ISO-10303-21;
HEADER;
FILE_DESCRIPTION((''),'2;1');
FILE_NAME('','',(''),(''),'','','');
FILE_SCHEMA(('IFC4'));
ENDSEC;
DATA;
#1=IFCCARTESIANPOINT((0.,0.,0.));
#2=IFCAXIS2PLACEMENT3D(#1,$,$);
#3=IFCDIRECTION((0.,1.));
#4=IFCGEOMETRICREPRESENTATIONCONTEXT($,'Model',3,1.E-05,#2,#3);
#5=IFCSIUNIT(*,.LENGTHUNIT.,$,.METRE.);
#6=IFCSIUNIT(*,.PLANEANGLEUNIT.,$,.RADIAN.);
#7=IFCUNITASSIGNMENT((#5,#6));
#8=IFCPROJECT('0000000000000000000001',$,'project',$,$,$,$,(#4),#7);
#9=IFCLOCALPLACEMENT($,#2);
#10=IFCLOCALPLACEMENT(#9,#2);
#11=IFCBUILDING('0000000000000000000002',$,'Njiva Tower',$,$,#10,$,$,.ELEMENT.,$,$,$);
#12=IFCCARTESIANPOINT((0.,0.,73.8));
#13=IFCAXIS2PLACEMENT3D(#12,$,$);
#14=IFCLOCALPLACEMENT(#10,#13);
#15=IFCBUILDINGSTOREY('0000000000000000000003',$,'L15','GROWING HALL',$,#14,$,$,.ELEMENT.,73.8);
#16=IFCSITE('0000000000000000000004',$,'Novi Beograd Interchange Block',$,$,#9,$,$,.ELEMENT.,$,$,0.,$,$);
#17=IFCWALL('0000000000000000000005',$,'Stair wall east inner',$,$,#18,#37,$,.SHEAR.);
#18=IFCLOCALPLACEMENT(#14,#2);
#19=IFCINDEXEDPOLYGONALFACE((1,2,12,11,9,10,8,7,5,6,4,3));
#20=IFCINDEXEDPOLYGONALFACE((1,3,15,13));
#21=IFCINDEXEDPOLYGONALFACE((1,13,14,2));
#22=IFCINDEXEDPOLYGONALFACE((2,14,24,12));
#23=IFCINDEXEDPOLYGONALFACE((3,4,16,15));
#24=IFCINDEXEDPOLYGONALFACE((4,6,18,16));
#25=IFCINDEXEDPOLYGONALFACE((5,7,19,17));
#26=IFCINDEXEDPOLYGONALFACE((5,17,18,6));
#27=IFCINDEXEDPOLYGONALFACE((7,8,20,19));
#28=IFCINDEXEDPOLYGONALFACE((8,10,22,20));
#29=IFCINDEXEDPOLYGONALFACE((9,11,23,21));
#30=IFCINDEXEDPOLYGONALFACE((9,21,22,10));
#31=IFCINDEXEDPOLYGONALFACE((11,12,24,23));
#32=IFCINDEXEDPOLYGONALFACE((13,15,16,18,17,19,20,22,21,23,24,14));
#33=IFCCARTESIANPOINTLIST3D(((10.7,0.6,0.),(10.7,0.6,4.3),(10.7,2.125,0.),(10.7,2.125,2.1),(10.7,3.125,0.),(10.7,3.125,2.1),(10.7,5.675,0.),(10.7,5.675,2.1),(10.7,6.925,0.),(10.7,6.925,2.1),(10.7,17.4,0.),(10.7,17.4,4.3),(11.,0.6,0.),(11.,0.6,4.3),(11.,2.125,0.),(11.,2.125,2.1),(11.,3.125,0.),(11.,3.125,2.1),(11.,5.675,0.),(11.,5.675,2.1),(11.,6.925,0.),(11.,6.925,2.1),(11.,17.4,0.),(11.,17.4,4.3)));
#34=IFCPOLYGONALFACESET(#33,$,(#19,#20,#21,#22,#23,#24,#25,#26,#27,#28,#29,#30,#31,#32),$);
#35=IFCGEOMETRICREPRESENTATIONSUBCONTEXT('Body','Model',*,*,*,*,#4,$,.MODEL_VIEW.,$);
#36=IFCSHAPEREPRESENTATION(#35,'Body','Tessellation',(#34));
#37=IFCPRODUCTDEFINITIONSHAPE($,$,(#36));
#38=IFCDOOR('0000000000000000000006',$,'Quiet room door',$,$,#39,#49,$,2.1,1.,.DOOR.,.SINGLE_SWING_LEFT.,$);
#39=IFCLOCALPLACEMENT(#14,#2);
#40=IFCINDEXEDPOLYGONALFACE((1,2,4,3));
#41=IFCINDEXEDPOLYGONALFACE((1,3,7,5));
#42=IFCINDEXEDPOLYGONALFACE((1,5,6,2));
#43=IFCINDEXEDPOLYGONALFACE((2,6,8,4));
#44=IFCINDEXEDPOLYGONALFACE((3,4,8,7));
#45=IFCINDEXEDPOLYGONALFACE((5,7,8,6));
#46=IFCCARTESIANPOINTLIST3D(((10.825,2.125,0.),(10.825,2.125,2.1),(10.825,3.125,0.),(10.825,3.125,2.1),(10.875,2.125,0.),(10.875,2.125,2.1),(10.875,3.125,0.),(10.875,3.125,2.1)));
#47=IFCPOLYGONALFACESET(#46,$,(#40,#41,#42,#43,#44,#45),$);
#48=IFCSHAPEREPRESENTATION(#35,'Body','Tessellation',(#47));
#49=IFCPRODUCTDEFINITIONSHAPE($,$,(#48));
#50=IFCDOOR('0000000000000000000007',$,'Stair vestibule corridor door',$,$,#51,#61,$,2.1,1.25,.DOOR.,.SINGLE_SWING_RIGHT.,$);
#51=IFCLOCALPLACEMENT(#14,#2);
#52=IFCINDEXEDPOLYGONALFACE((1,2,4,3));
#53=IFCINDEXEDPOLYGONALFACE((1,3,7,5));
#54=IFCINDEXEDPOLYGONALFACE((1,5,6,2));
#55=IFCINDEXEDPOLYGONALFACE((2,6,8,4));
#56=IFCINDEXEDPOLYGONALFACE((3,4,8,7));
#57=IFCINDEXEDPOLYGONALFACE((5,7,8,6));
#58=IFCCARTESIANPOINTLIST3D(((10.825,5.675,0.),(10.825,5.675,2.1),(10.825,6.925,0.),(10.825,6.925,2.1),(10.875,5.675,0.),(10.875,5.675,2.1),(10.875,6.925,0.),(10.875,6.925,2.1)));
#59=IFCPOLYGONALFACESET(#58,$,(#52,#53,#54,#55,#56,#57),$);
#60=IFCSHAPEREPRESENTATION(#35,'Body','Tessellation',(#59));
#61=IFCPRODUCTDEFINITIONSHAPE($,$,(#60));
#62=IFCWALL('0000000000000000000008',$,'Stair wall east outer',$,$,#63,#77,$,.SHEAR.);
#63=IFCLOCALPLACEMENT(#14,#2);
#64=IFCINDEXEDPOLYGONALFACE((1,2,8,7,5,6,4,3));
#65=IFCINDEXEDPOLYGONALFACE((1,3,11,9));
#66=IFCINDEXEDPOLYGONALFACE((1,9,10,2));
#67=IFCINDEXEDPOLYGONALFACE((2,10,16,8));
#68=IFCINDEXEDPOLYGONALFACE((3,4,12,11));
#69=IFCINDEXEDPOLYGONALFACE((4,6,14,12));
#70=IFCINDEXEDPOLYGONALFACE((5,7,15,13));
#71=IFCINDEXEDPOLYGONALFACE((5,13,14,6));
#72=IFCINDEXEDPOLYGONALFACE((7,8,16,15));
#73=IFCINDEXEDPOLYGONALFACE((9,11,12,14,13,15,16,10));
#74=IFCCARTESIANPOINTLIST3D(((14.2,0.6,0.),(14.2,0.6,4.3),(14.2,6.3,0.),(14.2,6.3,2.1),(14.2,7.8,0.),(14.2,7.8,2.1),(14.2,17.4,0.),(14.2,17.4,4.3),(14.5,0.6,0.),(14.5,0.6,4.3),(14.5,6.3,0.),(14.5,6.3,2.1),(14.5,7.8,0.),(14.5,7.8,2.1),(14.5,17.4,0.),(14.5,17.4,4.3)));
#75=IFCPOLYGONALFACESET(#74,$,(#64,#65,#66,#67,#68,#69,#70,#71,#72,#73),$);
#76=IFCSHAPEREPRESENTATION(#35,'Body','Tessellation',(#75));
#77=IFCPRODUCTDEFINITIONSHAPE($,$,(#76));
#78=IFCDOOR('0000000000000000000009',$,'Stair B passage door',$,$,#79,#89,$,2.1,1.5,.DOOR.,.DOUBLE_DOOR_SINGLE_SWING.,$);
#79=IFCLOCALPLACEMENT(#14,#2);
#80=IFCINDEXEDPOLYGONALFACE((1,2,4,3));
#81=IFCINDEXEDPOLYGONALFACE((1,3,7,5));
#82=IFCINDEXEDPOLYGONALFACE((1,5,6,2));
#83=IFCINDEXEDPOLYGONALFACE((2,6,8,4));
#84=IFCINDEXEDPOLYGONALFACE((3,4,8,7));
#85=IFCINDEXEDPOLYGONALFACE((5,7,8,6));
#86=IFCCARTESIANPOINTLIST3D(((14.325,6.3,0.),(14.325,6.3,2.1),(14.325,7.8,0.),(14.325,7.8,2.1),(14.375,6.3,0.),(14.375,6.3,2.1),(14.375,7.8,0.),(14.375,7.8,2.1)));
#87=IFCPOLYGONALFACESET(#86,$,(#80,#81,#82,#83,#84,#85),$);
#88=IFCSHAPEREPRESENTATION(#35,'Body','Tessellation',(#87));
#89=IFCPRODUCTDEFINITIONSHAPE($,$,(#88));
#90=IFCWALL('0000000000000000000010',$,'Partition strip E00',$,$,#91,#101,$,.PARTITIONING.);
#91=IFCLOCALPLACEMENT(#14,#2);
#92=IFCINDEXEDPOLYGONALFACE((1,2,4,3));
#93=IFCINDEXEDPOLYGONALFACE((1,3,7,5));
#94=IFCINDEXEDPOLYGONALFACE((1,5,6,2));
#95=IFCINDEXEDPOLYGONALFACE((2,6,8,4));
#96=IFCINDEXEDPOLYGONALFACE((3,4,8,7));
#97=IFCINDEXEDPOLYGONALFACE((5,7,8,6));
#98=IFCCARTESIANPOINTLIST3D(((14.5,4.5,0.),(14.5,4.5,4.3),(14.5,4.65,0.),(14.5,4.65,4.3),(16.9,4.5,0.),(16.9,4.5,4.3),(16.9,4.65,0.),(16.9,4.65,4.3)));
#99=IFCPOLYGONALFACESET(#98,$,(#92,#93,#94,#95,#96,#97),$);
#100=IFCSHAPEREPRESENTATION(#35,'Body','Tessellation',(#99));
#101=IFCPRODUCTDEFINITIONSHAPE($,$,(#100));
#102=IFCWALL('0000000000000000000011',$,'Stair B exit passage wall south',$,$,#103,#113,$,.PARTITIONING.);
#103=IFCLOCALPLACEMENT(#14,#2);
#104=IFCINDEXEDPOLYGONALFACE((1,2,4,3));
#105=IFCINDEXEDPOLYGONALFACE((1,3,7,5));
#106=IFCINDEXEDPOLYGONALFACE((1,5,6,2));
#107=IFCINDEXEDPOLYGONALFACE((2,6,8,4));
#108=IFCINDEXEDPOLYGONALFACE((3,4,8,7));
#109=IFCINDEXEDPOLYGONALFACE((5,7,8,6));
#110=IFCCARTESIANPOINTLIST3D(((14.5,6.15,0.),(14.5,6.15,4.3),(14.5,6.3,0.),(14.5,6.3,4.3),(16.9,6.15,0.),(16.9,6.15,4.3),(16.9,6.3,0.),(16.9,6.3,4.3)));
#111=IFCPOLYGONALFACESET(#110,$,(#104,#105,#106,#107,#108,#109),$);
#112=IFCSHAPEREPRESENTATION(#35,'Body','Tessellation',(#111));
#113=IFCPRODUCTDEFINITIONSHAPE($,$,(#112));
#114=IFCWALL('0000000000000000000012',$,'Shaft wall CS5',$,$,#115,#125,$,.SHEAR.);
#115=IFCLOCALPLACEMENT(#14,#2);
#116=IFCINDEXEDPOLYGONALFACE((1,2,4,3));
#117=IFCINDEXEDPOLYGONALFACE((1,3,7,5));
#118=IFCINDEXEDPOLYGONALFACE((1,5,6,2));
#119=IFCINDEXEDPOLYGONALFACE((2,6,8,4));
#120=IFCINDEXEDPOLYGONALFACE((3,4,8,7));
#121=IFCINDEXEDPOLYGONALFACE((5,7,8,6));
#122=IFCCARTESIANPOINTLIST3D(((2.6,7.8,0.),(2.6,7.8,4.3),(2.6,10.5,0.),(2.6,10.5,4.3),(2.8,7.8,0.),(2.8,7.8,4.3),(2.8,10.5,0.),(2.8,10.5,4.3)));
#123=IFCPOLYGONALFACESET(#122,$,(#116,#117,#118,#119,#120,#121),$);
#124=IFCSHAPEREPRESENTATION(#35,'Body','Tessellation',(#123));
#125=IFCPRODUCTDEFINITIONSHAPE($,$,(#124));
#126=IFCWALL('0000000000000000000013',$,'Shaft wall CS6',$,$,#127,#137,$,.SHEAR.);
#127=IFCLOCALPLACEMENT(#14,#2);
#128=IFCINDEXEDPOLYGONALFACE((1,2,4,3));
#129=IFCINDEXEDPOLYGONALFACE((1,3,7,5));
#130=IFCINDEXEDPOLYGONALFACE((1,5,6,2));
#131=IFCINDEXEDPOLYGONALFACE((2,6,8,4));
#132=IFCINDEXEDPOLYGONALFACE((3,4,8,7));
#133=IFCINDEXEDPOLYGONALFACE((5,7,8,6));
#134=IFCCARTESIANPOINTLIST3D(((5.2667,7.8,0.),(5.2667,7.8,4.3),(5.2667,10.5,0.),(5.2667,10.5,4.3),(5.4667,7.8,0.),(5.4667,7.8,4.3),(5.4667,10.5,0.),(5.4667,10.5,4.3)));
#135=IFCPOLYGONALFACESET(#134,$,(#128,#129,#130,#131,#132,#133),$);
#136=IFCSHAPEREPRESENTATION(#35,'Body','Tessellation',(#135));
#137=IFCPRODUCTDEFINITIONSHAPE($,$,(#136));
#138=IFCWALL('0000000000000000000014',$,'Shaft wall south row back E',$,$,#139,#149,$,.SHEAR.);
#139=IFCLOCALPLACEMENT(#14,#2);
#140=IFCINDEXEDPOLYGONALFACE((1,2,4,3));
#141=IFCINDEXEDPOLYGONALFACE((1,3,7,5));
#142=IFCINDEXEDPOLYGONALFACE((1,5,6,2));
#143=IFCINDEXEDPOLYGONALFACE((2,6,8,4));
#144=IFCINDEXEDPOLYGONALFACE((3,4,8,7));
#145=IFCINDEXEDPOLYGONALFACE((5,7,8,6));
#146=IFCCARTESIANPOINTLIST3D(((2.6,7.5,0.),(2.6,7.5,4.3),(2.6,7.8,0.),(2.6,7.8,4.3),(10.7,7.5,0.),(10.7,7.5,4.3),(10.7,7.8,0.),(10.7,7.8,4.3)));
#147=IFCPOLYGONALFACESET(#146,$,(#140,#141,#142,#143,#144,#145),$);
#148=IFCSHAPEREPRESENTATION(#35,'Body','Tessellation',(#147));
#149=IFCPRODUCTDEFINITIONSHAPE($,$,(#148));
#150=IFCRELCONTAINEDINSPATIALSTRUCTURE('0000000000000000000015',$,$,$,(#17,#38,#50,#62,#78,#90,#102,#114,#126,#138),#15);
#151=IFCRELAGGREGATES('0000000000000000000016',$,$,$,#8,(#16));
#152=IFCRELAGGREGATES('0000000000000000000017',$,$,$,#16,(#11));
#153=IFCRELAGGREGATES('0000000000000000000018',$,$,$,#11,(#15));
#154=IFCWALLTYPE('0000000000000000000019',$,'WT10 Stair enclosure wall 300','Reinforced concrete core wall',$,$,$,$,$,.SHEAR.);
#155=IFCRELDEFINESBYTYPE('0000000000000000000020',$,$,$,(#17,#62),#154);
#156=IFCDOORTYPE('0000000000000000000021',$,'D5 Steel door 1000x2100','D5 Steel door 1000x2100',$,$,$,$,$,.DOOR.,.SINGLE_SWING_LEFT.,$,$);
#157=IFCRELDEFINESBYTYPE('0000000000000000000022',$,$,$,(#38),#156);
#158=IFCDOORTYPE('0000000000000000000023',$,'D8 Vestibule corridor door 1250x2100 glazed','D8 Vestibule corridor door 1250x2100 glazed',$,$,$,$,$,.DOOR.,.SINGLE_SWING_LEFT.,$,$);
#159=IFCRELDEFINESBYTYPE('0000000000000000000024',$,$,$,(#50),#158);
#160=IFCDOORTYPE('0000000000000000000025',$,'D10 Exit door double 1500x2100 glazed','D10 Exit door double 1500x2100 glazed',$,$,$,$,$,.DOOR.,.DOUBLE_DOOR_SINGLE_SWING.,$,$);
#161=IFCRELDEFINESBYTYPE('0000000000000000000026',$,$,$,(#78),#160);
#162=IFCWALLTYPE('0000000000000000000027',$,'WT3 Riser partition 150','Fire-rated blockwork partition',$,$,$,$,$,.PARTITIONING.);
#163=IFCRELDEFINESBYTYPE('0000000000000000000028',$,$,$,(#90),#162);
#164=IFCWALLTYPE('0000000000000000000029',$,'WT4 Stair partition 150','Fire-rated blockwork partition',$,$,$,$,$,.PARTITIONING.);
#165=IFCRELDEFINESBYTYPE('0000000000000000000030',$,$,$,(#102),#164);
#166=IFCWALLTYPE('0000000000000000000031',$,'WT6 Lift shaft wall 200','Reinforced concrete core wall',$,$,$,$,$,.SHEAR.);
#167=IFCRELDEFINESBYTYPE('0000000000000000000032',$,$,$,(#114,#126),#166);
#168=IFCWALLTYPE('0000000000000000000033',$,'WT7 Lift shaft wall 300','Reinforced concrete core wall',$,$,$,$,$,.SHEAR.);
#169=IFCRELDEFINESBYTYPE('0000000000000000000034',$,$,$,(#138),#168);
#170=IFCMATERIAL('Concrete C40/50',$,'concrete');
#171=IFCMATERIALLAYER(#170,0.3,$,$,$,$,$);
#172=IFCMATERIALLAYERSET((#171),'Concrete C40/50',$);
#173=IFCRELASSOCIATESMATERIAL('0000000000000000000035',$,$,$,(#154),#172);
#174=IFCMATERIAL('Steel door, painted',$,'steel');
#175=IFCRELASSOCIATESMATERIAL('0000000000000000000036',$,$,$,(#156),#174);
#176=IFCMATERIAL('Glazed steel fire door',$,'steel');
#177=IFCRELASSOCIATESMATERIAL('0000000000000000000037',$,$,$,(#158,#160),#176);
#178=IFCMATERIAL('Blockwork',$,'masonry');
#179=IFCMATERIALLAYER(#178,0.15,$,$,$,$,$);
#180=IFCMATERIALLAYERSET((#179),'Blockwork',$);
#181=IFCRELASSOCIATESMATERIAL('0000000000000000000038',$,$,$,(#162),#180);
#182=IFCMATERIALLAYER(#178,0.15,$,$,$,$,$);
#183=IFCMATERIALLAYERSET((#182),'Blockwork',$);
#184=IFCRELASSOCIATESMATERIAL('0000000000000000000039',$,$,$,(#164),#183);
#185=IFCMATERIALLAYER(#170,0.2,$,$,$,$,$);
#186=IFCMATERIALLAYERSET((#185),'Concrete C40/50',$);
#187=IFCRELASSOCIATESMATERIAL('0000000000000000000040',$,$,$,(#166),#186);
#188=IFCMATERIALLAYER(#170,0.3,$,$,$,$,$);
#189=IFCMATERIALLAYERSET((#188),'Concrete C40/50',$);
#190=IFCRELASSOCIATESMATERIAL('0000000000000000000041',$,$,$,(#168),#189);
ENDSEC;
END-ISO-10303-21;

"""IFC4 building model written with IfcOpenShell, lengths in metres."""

from ifc_helpers import new_model, si_unit, direction, frame, frame_2d, origin, place, context, subcontext, project, spatial, rectangle, extrude, material, layer, layer_set, type_object, element, fill, save


model = new_model("IFC4")

# Units and contexts
model_context = context("Model", 3, precision=1e-05, world=origin(), true_north=direction((0.0, 1.0)))
body_context = subcontext(model_context, "Body", "Model", "MODEL_VIEW")
ifc_project = project(units=[si_unit("LENGTHUNIT", "METRE"), si_unit("PLANEANGLEUNIT", "RADIAN")], contexts=[model_context])

# Site, building, storey
site_placement = place(None, origin())
site = spatial("IfcSite", under=ifc_project, at=site_placement, Name="Novi Beograd Interchange Block", CompositionType="ELEMENT", RefElevation=0.0)
building_placement = place(site_placement, origin())
building = spatial("IfcBuilding", under=site, at=building_placement, Name="Njiva Tower", CompositionType="ELEMENT")
storey_placement = place(building_placement, frame((0.0, 0.0, 73.8)))
storey = spatial("IfcBuildingStorey", under=building, at=storey_placement, Name="L15", Description="GROWING HALL", CompositionType="ELEMENT", Elevation=73.8)

# Shared definitions
ifc_material_1 = material(Name="Concrete C40/50", Category="concrete")

# Shared definitions
ifc_material_2 = material(Name="Blockwork", Category="masonry")

# Wall, openings, doors
ifc_layer_1 = layer(ifc_material_1, 0.3)
ifc_layer_set_1 = layer_set([ifc_layer_1], Name="Concrete C40/50")
wall_type_1 = type_object("IfcWallType", Name="WT10 Stair enclosure wall 300", Description="Reinforced concrete core wall", PredefinedType="SHEAR", material=ifc_layer_set_1)
wall_1_placement = place(storey_placement, frame((10.85, 0.6, 0.0), z_axis=(0.0, 0.0, 1.0), x_axis=(0.0, 1.0, 0.0)))
wall_1 = element("IfcWall", 1, at=wall_1_placement, inside=storey, type_object=wall_type_1, Name="Stair wall east inner", PredefinedType="SHEAR", context=body_context, shape_type="SweptSolid", body=[
    extrude(rectangle(XDim=16.8, YDim=0.3, at=frame_2d((8.4, 0.0))), origin(), (0.0, 0.0, 1.0), 4.3),
])
opening_1_placement = place(wall_1_placement, frame((5.075, 0.0, 0.0)))
opening_1 = element("IfcOpeningElement", 2, at=opening_1_placement, cuts=wall_1, PredefinedType="OPENING", context=body_context, shape_type="SweptSolid", body=[
    extrude(rectangle(XDim=1.25, YDim=2.1, at=frame_2d((0.625, 1.05))), frame((0.0, 0.16, 0.0), z_axis=(0.0, -1.0, 0.0), x_axis=(1.0, 0.0, 0.0)), (0.0, 0.0, 1.0), 0.32),
])
opening_2_placement = place(wall_1_placement, frame((1.525, 0.0, 0.0)))
opening_2 = element("IfcOpeningElement", 3, at=opening_2_placement, cuts=wall_1, PredefinedType="OPENING", context=body_context, shape_type="SweptSolid", body=[
    extrude(rectangle(XDim=1.0, YDim=2.1, at=frame_2d((0.5, 1.05))), frame((0.0, 0.16, 0.0), z_axis=(0.0, -1.0, 0.0), x_axis=(1.0, 0.0, 0.0)), (0.0, 0.0, 1.0), 0.32),
])
ifc_material_3 = material(Name="Steel door, painted", Category="steel")
door_type_1 = type_object("IfcDoorType", Name="D5 Steel door 1000x2100", Description="D5 Steel door 1000x2100", OperationType="SINGLE_SWING_LEFT", PredefinedType="DOOR", material=ifc_material_3)
door_1_placement = place(opening_2_placement, origin())
door_1 = element("IfcDoor", 4, at=door_1_placement, inside=storey, type_object=door_type_1, Name="Quiet room door", OperationType="SINGLE_SWING_LEFT", OverallHeight=2.1, OverallWidth=1.0, PredefinedType="DOOR", context=body_context, shape_type="SweptSolid", body=[
    extrude(rectangle(XDim=1.0, YDim=2.1, at=frame_2d((0.5, 1.05))), frame((0.0, 0.025, 0.0), z_axis=(0.0, -1.0, 0.0), x_axis=(1.0, 0.0, 0.0)), (0.0, 0.0, 1.0), 0.05),
])
fill(opening_2, door_1)
ifc_material_4 = material(Name="Glazed steel fire door", Category="steel")
door_type_2 = type_object("IfcDoorType", Name="D8 Vestibule corridor door 1250x2100 glazed", Description="D8 Vestibule corridor door 1250x2100 glazed", OperationType="SINGLE_SWING_LEFT", PredefinedType="DOOR", material=ifc_material_4)
door_2_placement = place(opening_1_placement, origin())
door_2 = element("IfcDoor", 5, at=door_2_placement, inside=storey, type_object=door_type_2, Name="Stair vestibule corridor door", OperationType="SINGLE_SWING_RIGHT", OverallHeight=2.1, OverallWidth=1.25, PredefinedType="DOOR", context=body_context, shape_type="SweptSolid", body=[
    extrude(rectangle(XDim=1.25, YDim=2.1, at=frame_2d((0.625, 1.05))), frame((0.0, 0.025, 0.0), z_axis=(0.0, -1.0, 0.0), x_axis=(1.0, 0.0, 0.0)), (0.0, 0.0, 1.0), 0.05),
])
fill(opening_1, door_2)

# Wall, opening, door
wall_2_placement = place(storey_placement, frame((14.35, 0.6, 0.0), z_axis=(0.0, 0.0, 1.0), x_axis=(0.0, 1.0, 0.0)))
wall_2 = element("IfcWall", 6, at=wall_2_placement, inside=storey, type_object=wall_type_1, Name="Stair wall east outer", PredefinedType="SHEAR", context=body_context, shape_type="SweptSolid", body=[
    extrude(rectangle(XDim=16.8, YDim=0.3, at=frame_2d((8.4, 0.0))), origin(), (0.0, 0.0, 1.0), 4.3),
])
opening_3_placement = place(wall_2_placement, frame((5.7, 0.0, 0.0)))
opening_3 = element("IfcOpeningElement", 7, at=opening_3_placement, cuts=wall_2, PredefinedType="OPENING", context=body_context, shape_type="SweptSolid", body=[
    extrude(rectangle(XDim=1.5, YDim=2.1, at=frame_2d((0.75, 1.05))), frame((0.0, 0.16, 0.0), z_axis=(0.0, -1.0, 0.0), x_axis=(1.0, 0.0, 0.0)), (0.0, 0.0, 1.0), 0.32),
])
door_type_3 = type_object("IfcDoorType", Name="D10 Exit door double 1500x2100 glazed", Description="D10 Exit door double 1500x2100 glazed", OperationType="DOUBLE_DOOR_SINGLE_SWING", PredefinedType="DOOR", material=ifc_material_4)
door_3_placement = place(opening_3_placement, origin())
door_3 = element("IfcDoor", 8, at=door_3_placement, inside=storey, type_object=door_type_3, Name="Stair B passage door", OperationType="DOUBLE_DOOR_SINGLE_SWING", OverallHeight=2.1, OverallWidth=1.5, PredefinedType="DOOR", context=body_context, shape_type="SweptSolid", body=[
    extrude(rectangle(XDim=1.5, YDim=2.1, at=frame_2d((0.75, 1.05))), frame((0.0, 0.025, 0.0), z_axis=(0.0, -1.0, 0.0), x_axis=(1.0, 0.0, 0.0)), (0.0, 0.0, 1.0), 0.05),
])
fill(opening_3, door_3)

# Walls
ifc_layer_2 = layer(ifc_material_2, 0.15)
ifc_layer_set_2 = layer_set([ifc_layer_2], Name="Blockwork")
wall_type_2 = type_object("IfcWallType", Name="WT3 Riser partition 150", Description="Fire-rated blockwork partition", PredefinedType="PARTITIONING", material=ifc_layer_set_2)
wall_3_placement = place(storey_placement, frame((14.5, 4.575, 0.0), z_axis=(0.0, 0.0, 1.0), x_axis=(1.0, 0.0, 0.0)))
element("IfcWall", 9, at=wall_3_placement, inside=storey, type_object=wall_type_2, Name="Partition strip E00", PredefinedType="PARTITIONING", context=body_context, shape_type="SweptSolid", body=[
    extrude(rectangle(XDim=2.4, YDim=0.15, at=frame_2d((1.2, 0.0))), origin(), (0.0, 0.0, 1.0), 4.3),
])
ifc_layer_3 = layer(ifc_material_2, 0.15)
ifc_layer_set_3 = layer_set([ifc_layer_3], Name="Blockwork")
wall_type_3 = type_object("IfcWallType", Name="WT4 Stair partition 150", Description="Fire-rated blockwork partition", PredefinedType="PARTITIONING", material=ifc_layer_set_3)
wall_4_placement = place(storey_placement, frame((14.5, 6.225, 0.0), z_axis=(0.0, 0.0, 1.0), x_axis=(1.0, 0.0, 0.0)))
element("IfcWall", 10, at=wall_4_placement, inside=storey, type_object=wall_type_3, Name="Stair B exit passage wall south", PredefinedType="PARTITIONING", context=body_context, shape_type="SweptSolid", body=[
    extrude(rectangle(XDim=2.4, YDim=0.15, at=frame_2d((1.2, 0.0))), origin(), (0.0, 0.0, 1.0), 4.3),
])
ifc_layer_4 = layer(ifc_material_1, 0.2)
ifc_layer_set_4 = layer_set([ifc_layer_4], Name="Concrete C40/50")
wall_type_4 = type_object("IfcWallType", Name="WT6 Lift shaft wall 200", Description="Reinforced concrete core wall", PredefinedType="SHEAR", material=ifc_layer_set_4)
for number, where, z_axis, x_axis, name in (
    (11, (2.7, 7.8, 0.0), (0.0, 0.0, 1.0), (0.0, 1.0, 0.0), "Shaft wall CS5"),
    (12, (5.3667, 7.8, 0.0), (0.0, 0.0, 1.0), (0.0, 1.0, 0.0), "Shaft wall CS6"),
):
    element("IfcWall", number, at=place(storey_placement, frame(where, z_axis=z_axis, x_axis=x_axis)), inside=storey, type_object=wall_type_4, Name=name, PredefinedType="SHEAR", context=body_context, shape_type="SweptSolid", body=[
        extrude(rectangle(XDim=2.7, YDim=0.2, at=frame_2d((1.35, 0.0))), origin(), (0.0, 0.0, 1.0), 4.3),
    ])
ifc_layer_5 = layer(ifc_material_1, 0.3)
ifc_layer_set_5 = layer_set([ifc_layer_5], Name="Concrete C40/50")
wall_type_5 = type_object("IfcWallType", Name="WT7 Lift shaft wall 300", Description="Reinforced concrete core wall", PredefinedType="SHEAR", material=ifc_layer_set_5)
wall_5_placement = place(storey_placement, frame((2.6, 7.65, 0.0), z_axis=(0.0, 0.0, 1.0), x_axis=(1.0, 0.0, 0.0)))
element("IfcWall", 13, at=wall_5_placement, inside=storey, type_object=wall_type_5, Name="Shaft wall south row back E", PredefinedType="SHEAR", context=body_context, shape_type="SweptSolid", body=[
    extrude(rectangle(XDim=8.1, YDim=0.3, at=frame_2d((4.05, 0.0))), origin(), (0.0, 0.0, 1.0), 4.3),
])

save(model, "model.ifc")
